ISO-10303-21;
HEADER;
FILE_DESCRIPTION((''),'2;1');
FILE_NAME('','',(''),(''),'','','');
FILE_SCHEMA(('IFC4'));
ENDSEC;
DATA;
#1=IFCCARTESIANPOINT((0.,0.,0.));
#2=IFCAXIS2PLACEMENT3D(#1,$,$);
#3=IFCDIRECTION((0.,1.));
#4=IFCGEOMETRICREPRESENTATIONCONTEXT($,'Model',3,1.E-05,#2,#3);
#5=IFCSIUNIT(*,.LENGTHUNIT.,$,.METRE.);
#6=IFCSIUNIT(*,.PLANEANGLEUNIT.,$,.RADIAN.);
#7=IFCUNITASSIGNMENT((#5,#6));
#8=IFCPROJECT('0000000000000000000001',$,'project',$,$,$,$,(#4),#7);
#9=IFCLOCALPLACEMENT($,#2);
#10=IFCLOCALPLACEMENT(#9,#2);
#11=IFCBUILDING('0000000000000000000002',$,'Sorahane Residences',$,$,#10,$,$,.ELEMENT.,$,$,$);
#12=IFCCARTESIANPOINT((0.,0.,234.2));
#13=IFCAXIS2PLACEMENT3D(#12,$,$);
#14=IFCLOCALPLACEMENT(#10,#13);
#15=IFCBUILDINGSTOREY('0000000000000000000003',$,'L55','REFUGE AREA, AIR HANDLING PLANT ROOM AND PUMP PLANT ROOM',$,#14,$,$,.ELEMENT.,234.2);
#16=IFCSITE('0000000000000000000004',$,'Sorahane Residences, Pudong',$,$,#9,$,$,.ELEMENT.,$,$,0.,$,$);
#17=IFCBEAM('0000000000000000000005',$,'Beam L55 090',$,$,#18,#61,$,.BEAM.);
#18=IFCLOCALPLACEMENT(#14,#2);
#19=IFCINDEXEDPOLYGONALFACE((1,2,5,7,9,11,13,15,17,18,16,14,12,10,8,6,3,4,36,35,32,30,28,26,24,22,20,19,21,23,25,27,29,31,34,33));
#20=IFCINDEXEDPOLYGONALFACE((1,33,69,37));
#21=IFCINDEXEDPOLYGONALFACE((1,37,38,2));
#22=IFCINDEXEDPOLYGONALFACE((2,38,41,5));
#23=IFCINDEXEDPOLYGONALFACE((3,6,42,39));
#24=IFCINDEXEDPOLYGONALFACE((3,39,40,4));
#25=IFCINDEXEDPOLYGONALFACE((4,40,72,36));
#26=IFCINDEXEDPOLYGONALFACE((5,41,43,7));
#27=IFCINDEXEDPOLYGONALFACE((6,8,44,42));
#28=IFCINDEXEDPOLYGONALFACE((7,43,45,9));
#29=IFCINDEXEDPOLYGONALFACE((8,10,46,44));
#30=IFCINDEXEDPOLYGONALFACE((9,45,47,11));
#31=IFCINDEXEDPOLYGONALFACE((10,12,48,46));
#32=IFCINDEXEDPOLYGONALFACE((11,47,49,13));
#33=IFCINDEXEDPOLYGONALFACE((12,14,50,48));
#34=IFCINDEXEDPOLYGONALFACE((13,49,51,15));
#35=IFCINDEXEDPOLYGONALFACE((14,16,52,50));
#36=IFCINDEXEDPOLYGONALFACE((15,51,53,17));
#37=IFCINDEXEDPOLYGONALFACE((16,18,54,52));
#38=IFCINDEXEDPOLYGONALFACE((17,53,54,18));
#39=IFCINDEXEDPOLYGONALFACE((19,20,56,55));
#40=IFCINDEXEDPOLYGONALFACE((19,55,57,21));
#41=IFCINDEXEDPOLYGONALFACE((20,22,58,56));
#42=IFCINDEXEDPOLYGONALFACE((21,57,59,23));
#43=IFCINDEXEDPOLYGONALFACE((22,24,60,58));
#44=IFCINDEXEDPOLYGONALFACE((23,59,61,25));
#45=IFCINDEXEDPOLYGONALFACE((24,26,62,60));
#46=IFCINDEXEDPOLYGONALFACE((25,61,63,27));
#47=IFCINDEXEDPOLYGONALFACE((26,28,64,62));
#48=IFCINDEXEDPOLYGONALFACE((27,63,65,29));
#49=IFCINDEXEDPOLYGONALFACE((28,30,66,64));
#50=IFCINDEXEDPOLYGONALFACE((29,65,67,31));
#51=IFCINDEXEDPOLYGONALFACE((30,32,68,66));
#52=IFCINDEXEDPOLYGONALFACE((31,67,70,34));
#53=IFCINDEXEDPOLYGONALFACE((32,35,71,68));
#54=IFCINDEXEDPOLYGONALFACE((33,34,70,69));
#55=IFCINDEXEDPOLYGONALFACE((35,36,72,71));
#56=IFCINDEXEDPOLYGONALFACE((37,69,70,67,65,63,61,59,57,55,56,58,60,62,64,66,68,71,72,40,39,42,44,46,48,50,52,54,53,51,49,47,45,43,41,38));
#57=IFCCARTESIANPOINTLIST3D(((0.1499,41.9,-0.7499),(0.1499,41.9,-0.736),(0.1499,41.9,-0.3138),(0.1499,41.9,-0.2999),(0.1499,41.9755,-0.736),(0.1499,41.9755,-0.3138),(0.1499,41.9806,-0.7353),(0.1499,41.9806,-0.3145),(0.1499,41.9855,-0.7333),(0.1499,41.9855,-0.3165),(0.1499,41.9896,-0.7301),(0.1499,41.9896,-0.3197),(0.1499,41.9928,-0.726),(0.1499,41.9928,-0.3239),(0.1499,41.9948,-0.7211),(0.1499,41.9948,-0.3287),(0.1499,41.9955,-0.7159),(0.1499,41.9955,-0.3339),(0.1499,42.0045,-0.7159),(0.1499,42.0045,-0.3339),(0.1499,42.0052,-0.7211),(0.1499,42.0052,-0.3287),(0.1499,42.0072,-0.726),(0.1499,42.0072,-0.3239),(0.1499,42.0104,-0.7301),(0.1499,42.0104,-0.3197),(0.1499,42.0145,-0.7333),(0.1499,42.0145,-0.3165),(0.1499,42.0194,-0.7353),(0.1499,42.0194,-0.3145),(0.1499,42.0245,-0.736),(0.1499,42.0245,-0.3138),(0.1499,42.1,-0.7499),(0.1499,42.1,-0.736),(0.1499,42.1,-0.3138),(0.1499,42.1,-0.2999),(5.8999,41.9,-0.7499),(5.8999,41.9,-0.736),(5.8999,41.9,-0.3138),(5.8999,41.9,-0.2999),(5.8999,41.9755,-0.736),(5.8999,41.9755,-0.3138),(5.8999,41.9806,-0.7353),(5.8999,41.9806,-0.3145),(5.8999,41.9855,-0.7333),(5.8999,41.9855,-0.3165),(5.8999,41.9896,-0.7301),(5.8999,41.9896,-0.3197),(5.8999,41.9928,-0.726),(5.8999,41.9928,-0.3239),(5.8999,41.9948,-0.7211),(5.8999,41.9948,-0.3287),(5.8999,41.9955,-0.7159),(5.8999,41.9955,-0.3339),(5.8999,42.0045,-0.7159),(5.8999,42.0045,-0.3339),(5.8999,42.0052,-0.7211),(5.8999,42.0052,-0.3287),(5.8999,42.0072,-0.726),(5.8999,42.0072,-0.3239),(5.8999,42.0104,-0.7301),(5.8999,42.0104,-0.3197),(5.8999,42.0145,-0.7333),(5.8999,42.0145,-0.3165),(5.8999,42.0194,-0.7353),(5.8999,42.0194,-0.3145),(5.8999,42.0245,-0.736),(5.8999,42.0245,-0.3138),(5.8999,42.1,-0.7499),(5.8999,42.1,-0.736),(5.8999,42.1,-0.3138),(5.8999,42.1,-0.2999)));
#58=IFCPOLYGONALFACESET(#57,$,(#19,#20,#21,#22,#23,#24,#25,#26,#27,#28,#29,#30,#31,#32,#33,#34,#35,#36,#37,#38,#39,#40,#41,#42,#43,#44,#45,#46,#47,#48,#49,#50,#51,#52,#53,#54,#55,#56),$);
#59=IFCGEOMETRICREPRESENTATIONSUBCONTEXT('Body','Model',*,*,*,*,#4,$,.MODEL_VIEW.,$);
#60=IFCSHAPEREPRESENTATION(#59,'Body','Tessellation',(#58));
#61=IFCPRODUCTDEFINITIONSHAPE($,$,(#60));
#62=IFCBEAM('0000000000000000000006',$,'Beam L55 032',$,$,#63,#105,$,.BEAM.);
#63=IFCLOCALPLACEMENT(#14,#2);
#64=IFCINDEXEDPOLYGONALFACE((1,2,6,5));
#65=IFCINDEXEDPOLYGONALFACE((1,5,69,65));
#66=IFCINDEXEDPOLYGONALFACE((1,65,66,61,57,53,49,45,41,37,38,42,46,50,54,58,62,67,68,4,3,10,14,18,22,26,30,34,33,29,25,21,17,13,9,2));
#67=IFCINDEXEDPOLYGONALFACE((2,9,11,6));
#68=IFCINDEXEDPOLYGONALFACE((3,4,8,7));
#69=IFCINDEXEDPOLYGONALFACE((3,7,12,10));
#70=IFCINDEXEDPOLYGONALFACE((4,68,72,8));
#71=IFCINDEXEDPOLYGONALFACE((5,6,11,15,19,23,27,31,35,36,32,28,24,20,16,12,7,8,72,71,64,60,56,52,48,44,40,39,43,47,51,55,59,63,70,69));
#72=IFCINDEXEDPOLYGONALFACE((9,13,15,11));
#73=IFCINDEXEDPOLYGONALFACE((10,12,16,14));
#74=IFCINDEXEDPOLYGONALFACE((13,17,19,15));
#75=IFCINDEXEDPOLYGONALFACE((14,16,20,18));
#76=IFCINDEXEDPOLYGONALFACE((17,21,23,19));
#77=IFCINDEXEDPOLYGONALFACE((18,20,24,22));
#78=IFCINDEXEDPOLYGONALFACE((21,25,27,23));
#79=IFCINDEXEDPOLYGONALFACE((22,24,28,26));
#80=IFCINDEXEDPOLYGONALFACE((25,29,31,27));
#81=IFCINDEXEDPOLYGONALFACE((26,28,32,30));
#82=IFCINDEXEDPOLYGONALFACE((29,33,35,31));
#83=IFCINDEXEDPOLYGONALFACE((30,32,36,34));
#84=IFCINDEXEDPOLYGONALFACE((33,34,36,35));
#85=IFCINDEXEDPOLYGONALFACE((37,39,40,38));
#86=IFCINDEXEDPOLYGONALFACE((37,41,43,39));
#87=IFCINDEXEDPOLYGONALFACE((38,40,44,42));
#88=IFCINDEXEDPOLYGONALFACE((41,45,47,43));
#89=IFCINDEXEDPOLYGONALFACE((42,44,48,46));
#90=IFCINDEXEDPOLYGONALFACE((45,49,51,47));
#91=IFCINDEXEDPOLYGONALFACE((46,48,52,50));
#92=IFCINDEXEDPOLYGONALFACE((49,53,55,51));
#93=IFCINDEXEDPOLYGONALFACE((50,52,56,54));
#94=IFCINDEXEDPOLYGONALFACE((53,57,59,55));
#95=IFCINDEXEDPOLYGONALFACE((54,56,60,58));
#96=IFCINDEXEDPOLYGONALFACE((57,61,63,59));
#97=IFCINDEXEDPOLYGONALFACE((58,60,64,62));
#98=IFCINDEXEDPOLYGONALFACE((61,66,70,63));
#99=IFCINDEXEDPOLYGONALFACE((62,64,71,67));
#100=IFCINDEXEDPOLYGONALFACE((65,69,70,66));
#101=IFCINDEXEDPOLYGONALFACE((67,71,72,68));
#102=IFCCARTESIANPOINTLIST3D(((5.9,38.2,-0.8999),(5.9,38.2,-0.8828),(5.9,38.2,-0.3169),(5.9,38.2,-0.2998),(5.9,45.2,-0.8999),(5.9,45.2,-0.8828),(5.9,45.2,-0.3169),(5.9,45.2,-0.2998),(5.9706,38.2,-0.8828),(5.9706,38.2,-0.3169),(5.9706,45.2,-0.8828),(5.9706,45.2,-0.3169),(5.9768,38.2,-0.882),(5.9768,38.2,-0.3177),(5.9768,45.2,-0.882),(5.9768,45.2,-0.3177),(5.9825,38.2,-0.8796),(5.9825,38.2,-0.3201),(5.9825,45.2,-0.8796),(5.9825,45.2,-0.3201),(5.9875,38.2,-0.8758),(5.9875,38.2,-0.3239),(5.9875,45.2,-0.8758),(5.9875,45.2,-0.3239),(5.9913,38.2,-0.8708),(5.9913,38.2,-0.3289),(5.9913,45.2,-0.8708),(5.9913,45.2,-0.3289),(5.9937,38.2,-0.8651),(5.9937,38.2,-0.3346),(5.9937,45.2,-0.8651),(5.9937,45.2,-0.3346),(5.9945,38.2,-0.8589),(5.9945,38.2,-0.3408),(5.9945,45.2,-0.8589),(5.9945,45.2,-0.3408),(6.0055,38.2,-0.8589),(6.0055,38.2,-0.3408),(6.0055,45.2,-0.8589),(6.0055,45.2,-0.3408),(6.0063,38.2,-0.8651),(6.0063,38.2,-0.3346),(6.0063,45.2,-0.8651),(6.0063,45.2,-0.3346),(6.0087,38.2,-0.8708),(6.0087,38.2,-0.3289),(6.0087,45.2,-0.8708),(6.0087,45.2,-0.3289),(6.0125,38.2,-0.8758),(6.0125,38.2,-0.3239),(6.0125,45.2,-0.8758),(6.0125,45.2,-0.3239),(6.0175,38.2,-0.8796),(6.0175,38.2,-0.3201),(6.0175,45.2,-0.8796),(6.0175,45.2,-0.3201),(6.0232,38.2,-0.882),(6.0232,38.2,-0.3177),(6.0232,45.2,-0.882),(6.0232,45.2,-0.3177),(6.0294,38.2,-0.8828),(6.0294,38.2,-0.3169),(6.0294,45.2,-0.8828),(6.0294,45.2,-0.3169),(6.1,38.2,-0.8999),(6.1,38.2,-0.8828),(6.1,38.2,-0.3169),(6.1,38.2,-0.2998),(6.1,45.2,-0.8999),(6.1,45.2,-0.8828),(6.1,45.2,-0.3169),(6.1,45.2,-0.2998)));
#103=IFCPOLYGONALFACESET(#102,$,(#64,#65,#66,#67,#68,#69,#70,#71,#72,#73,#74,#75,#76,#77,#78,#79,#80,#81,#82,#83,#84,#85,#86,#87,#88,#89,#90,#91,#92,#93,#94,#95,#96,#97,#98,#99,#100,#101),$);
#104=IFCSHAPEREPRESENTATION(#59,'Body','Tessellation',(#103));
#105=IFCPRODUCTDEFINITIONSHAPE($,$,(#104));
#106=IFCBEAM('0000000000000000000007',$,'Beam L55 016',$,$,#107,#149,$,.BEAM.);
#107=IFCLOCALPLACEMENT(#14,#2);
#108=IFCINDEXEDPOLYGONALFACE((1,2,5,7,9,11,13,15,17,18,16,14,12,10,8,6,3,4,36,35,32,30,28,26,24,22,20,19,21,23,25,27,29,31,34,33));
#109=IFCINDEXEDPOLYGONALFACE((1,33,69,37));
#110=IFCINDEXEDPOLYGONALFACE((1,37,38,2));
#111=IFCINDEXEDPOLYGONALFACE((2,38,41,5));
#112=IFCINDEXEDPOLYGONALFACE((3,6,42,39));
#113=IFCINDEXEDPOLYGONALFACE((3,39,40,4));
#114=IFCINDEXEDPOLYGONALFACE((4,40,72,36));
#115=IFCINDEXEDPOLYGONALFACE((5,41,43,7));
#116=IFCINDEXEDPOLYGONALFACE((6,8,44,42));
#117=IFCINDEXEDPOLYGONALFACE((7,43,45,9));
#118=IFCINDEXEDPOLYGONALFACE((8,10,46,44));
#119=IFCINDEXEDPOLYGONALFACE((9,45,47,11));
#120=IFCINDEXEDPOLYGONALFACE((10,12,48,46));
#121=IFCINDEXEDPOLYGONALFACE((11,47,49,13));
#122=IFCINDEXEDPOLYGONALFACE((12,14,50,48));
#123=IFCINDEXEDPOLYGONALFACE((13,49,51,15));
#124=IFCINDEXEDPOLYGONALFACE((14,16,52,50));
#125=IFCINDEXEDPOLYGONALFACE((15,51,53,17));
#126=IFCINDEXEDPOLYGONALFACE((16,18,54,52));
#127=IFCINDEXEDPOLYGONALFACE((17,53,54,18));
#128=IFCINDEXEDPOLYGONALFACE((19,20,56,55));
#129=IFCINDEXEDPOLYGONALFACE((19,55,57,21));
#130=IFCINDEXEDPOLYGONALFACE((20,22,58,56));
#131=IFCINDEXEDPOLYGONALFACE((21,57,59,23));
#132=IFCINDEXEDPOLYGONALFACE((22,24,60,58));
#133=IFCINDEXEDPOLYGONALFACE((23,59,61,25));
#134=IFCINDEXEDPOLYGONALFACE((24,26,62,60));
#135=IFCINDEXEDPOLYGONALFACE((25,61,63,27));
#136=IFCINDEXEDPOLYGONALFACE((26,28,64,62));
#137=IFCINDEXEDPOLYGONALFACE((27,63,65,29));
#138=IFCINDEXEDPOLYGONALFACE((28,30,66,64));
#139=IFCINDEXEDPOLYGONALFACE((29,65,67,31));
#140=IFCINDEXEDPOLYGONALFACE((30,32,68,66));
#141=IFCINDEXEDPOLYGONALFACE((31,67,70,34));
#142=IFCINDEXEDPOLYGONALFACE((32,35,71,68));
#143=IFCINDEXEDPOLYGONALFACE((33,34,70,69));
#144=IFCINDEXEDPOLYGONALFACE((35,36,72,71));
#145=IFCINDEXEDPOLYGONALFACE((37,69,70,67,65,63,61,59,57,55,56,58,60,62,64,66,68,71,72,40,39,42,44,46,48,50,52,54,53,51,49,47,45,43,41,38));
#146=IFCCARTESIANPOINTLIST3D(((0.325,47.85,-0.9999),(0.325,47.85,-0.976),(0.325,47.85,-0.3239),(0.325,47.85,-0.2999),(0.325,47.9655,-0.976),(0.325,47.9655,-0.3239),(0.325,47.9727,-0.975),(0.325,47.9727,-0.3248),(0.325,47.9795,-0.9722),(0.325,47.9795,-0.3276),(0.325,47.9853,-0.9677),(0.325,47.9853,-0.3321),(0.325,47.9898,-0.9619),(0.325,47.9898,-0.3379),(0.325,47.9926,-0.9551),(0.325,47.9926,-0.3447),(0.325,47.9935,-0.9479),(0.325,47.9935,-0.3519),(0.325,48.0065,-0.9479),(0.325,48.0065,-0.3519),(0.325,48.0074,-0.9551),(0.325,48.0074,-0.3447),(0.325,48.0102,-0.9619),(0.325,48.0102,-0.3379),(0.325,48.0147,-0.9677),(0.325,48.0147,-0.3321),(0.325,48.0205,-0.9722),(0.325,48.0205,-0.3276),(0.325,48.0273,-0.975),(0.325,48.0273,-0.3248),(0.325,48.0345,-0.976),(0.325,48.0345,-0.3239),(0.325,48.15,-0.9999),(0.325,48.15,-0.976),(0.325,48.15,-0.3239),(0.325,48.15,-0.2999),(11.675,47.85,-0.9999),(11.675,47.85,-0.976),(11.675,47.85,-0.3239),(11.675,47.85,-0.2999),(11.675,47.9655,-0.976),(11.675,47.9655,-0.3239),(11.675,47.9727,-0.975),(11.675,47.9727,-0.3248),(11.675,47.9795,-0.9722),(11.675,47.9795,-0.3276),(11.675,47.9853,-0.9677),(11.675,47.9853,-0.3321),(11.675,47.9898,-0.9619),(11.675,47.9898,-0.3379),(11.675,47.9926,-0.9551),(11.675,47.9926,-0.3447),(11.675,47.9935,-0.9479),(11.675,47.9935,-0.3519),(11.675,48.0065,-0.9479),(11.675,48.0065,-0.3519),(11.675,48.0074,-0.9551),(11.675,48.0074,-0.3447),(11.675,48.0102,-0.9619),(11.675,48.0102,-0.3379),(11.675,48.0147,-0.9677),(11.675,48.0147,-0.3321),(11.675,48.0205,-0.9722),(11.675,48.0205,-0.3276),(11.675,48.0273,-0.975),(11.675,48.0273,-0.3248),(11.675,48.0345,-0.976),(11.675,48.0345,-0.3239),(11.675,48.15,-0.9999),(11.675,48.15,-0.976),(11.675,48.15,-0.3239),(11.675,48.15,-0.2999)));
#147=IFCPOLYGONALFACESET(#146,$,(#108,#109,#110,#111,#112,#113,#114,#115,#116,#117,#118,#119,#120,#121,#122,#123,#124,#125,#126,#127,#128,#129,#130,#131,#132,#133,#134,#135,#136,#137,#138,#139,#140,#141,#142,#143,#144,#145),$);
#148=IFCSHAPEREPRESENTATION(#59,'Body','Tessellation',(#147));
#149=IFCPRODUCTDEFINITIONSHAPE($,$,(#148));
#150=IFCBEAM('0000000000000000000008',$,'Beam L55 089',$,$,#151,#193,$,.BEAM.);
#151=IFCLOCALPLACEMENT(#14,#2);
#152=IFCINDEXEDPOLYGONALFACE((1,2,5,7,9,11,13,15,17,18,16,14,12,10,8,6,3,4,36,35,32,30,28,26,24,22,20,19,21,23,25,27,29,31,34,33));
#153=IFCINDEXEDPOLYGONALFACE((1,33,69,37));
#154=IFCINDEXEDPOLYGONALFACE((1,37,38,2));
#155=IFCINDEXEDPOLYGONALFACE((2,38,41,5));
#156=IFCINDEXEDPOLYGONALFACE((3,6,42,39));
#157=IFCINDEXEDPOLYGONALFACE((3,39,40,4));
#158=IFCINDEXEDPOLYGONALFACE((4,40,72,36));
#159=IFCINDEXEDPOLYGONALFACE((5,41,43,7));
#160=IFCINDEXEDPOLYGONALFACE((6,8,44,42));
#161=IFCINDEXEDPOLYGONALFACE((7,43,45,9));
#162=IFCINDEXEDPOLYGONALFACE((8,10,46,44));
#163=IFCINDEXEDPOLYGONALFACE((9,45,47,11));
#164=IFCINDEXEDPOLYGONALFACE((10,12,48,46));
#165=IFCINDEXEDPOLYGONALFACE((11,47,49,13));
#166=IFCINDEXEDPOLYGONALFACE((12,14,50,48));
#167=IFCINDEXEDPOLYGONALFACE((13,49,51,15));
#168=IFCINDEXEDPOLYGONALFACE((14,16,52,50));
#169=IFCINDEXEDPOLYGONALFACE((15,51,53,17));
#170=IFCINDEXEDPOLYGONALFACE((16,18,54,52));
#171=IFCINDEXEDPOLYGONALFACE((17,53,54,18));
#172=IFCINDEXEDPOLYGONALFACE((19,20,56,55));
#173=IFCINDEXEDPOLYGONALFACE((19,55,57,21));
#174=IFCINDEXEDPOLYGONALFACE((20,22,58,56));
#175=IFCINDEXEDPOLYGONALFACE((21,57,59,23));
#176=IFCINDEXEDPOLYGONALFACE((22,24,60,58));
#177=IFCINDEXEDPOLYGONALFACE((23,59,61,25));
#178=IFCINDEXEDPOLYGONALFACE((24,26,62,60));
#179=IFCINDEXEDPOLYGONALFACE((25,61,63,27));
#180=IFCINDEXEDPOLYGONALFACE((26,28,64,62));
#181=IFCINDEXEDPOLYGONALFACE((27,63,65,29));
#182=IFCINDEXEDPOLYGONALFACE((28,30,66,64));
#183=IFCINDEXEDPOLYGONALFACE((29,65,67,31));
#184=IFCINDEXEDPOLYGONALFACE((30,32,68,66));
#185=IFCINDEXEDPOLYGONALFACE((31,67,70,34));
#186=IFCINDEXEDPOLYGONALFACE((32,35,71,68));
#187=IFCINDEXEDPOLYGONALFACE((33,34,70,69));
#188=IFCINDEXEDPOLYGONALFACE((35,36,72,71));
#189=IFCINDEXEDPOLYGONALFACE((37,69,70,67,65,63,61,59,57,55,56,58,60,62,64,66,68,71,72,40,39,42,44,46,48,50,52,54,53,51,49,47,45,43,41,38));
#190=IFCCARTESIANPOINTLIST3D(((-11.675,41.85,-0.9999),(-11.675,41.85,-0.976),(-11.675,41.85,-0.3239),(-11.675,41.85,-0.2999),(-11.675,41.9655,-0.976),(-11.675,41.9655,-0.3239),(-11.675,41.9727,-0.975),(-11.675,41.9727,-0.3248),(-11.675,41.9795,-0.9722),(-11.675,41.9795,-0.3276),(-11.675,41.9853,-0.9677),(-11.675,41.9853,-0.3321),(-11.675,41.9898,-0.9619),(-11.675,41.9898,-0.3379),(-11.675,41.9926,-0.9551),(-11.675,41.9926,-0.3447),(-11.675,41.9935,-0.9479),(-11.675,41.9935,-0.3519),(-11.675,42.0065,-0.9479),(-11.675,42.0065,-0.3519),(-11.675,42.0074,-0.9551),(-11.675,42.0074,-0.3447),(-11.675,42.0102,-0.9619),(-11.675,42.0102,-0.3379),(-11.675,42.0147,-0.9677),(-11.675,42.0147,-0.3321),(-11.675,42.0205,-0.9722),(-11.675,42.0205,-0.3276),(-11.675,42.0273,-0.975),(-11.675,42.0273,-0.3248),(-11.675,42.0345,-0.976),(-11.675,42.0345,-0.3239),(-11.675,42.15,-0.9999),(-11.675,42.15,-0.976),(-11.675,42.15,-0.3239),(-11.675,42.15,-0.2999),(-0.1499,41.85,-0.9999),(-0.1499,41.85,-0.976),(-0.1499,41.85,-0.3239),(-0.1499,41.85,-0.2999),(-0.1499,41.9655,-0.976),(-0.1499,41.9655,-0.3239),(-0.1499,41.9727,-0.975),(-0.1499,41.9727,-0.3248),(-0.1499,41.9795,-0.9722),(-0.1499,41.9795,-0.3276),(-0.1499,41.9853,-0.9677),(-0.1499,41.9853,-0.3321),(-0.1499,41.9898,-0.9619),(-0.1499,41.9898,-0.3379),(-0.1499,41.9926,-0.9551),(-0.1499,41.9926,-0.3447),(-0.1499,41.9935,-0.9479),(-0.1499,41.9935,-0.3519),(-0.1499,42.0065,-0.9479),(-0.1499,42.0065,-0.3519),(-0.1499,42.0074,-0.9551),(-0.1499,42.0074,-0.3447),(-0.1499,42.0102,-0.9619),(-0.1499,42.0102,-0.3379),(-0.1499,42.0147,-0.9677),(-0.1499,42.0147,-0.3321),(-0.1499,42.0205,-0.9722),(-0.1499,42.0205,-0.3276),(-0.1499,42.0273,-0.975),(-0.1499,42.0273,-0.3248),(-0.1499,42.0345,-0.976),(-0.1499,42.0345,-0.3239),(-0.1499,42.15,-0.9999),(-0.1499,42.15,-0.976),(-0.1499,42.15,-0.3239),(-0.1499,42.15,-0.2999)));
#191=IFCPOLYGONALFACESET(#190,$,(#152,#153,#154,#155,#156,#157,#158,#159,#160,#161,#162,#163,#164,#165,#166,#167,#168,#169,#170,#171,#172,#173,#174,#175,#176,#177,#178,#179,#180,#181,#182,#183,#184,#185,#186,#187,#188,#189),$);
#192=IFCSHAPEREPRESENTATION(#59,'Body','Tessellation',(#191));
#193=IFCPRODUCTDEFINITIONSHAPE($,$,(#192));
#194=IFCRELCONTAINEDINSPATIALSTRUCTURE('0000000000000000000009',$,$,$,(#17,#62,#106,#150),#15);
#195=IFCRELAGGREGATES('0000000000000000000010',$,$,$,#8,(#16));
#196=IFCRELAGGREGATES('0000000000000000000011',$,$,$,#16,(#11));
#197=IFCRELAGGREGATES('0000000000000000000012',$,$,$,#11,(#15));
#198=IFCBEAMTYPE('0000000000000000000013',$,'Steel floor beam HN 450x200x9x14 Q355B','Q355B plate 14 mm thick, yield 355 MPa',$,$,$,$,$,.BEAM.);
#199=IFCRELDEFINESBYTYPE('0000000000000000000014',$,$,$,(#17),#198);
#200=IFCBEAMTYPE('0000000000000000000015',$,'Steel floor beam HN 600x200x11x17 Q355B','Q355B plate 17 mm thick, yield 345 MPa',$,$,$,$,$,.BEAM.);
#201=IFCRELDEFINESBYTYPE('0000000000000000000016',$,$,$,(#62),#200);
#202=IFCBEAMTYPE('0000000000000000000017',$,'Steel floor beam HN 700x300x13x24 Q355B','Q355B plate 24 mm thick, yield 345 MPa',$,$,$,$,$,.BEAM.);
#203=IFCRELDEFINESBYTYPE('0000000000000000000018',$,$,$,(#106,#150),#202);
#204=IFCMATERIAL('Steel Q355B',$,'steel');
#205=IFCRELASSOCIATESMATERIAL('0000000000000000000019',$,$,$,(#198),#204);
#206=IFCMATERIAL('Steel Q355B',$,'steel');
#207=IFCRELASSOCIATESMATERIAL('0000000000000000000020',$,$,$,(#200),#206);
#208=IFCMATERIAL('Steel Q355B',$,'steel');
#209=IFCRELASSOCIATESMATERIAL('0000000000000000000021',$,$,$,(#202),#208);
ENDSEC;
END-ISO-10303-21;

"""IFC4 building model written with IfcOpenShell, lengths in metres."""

from ifc_helpers import new_model, si_unit, direction, frame, origin, origin_2d, place, context, subcontext, project, spatial, i_section, extrude, material, material_profile, profile_set, type_object, element, save


model = new_model("IFC4")

# Units and contexts
model_context = context("Model", 3, precision=1e-05, world=origin(), true_north=direction((0.0, 1.0)))
body_context = subcontext(model_context, "Body", "Model", "MODEL_VIEW")
ifc_project = project(units=[si_unit("LENGTHUNIT", "METRE"), si_unit("PLANEANGLEUNIT", "RADIAN")], contexts=[model_context])

# Site, building, storey
site_placement = place(None, origin())
site = spatial("IfcSite", under=ifc_project, at=site_placement, Name="Sorahane Residences, Pudong", CompositionType="ELEMENT", RefElevation=0.0)
building_placement = place(site_placement, origin())
building = spatial("IfcBuilding", under=site, at=building_placement, Name="Sorahane Residences", CompositionType="ELEMENT")
storey_placement = place(building_placement, frame((0.0, 0.0, 234.2)))
storey = spatial("IfcBuildingStorey", under=building, at=storey_placement, Name="L55", Description="REFUGE AREA, AIR HANDLING PLANT ROOM AND PUMP PLANT ROOM", CompositionType="ELEMENT", Elevation=234.2)

# Beams
ifc_material_1 = material(Name="Steel Q355B", Category="steel")
ifc_material_profile_1 = material_profile(ifc_material_1, i_section(OverallWidth=0.2, OverallDepth=0.45, WebThickness=0.009, FlangeThickness=0.0139, FilletRadius=0.02, at=origin_2d()), Name="HN 450x200x9x14")
ifc_profile_set_1 = profile_set([ifc_material_profile_1], Name="Steel Q355B")
beam_type_1 = type_object("IfcBeamType", Name="Steel floor beam HN 450x200x9x14 Q355B", Description="Q355B plate 14 mm thick, yield 355 MPa", PredefinedType="BEAM", material=ifc_profile_set_1)
beam_1_placement = place(storey_placement, frame((0.1499, 42.0, -0.5249), z_axis=(1.0, 0.0, 0.0), x_axis=(0.0, 1.0, 0.0)))
element("IfcBeam", 1, at=beam_1_placement, inside=storey, type_object=beam_type_1, Name="Beam L55 090", PredefinedType="BEAM", context=body_context, shape_type="SweptSolid", body=[
    extrude(i_section(OverallWidth=0.2, OverallDepth=0.45, WebThickness=0.009, FlangeThickness=0.0139, FilletRadius=0.02, at=origin_2d()), origin(), (0.0, 0.0, 1.0), 5.75),
])
ifc_material_2 = material(Name="Steel Q355B", Category="steel")
ifc_material_profile_2 = material_profile(ifc_material_2, i_section(OverallWidth=0.2, OverallDepth=0.6001, WebThickness=0.011, FlangeThickness=0.0171, FilletRadius=0.0239, at=origin_2d()), Name="HN 600x200x11x17")
ifc_profile_set_2 = profile_set([ifc_material_profile_2], Name="Steel Q355B")
beam_type_2 = type_object("IfcBeamType", Name="Steel floor beam HN 600x200x11x17 Q355B", Description="Q355B plate 17 mm thick, yield 345 MPa", PredefinedType="BEAM", material=ifc_profile_set_2)
beam_2_placement = place(storey_placement, frame((6.0, 38.2, -0.5999), z_axis=(0.0, 1.0, 0.0), x_axis=(-1.0, 0.0, 0.0)))
element("IfcBeam", 2, at=beam_2_placement, inside=storey, type_object=beam_type_2, Name="Beam L55 032", PredefinedType="BEAM", context=body_context, shape_type="SweptSolid", body=[
    extrude(i_section(OverallWidth=0.2, OverallDepth=0.6001, WebThickness=0.011, FlangeThickness=0.0171, FilletRadius=0.0239, at=origin_2d()), origin(), (0.0, 0.0, 1.0), 7.0),
])
ifc_material_3 = material(Name="Steel Q355B", Category="steel")
ifc_material_profile_3 = material_profile(ifc_material_3, i_section(OverallWidth=0.3, OverallDepth=0.7, WebThickness=0.0129, FlangeThickness=0.0239, FilletRadius=0.0281, at=origin_2d()), Name="HN 700x300x13x24")
ifc_profile_set_3 = profile_set([ifc_material_profile_3], Name="Steel Q355B")
beam_type_3 = type_object("IfcBeamType", Name="Steel floor beam HN 700x300x13x24 Q355B", Description="Q355B plate 24 mm thick, yield 345 MPa", PredefinedType="BEAM", material=ifc_profile_set_3)
beam_3_placement = place(storey_placement, frame((0.325, 48.0, -0.6499), z_axis=(1.0, 0.0, 0.0), x_axis=(0.0, 1.0, 0.0)))
element("IfcBeam", 3, at=beam_3_placement, inside=storey, type_object=beam_type_3, Name="Beam L55 016", PredefinedType="BEAM", context=body_context, shape_type="SweptSolid", body=[
    extrude(i_section(OverallWidth=0.3, OverallDepth=0.7, WebThickness=0.0129, FlangeThickness=0.0239, FilletRadius=0.0281, at=origin_2d()), origin(), (0.0, 0.0, 1.0), 11.3501),
])
beam_4_placement = place(storey_placement, frame((-11.675, 42.0, -0.6499), z_axis=(1.0, 0.0, 0.0), x_axis=(0.0, 1.0, 0.0)))
element("IfcBeam", 4, at=beam_4_placement, inside=storey, type_object=beam_type_3, Name="Beam L55 089", PredefinedType="BEAM", context=body_context, shape_type="SweptSolid", body=[
    extrude(i_section(OverallWidth=0.3, OverallDepth=0.7, WebThickness=0.0129, FlangeThickness=0.0239, FilletRadius=0.0281, at=origin_2d()), origin(), (0.0, 0.0, 1.0), 11.5251),
])

save(model, "model.ifc")
